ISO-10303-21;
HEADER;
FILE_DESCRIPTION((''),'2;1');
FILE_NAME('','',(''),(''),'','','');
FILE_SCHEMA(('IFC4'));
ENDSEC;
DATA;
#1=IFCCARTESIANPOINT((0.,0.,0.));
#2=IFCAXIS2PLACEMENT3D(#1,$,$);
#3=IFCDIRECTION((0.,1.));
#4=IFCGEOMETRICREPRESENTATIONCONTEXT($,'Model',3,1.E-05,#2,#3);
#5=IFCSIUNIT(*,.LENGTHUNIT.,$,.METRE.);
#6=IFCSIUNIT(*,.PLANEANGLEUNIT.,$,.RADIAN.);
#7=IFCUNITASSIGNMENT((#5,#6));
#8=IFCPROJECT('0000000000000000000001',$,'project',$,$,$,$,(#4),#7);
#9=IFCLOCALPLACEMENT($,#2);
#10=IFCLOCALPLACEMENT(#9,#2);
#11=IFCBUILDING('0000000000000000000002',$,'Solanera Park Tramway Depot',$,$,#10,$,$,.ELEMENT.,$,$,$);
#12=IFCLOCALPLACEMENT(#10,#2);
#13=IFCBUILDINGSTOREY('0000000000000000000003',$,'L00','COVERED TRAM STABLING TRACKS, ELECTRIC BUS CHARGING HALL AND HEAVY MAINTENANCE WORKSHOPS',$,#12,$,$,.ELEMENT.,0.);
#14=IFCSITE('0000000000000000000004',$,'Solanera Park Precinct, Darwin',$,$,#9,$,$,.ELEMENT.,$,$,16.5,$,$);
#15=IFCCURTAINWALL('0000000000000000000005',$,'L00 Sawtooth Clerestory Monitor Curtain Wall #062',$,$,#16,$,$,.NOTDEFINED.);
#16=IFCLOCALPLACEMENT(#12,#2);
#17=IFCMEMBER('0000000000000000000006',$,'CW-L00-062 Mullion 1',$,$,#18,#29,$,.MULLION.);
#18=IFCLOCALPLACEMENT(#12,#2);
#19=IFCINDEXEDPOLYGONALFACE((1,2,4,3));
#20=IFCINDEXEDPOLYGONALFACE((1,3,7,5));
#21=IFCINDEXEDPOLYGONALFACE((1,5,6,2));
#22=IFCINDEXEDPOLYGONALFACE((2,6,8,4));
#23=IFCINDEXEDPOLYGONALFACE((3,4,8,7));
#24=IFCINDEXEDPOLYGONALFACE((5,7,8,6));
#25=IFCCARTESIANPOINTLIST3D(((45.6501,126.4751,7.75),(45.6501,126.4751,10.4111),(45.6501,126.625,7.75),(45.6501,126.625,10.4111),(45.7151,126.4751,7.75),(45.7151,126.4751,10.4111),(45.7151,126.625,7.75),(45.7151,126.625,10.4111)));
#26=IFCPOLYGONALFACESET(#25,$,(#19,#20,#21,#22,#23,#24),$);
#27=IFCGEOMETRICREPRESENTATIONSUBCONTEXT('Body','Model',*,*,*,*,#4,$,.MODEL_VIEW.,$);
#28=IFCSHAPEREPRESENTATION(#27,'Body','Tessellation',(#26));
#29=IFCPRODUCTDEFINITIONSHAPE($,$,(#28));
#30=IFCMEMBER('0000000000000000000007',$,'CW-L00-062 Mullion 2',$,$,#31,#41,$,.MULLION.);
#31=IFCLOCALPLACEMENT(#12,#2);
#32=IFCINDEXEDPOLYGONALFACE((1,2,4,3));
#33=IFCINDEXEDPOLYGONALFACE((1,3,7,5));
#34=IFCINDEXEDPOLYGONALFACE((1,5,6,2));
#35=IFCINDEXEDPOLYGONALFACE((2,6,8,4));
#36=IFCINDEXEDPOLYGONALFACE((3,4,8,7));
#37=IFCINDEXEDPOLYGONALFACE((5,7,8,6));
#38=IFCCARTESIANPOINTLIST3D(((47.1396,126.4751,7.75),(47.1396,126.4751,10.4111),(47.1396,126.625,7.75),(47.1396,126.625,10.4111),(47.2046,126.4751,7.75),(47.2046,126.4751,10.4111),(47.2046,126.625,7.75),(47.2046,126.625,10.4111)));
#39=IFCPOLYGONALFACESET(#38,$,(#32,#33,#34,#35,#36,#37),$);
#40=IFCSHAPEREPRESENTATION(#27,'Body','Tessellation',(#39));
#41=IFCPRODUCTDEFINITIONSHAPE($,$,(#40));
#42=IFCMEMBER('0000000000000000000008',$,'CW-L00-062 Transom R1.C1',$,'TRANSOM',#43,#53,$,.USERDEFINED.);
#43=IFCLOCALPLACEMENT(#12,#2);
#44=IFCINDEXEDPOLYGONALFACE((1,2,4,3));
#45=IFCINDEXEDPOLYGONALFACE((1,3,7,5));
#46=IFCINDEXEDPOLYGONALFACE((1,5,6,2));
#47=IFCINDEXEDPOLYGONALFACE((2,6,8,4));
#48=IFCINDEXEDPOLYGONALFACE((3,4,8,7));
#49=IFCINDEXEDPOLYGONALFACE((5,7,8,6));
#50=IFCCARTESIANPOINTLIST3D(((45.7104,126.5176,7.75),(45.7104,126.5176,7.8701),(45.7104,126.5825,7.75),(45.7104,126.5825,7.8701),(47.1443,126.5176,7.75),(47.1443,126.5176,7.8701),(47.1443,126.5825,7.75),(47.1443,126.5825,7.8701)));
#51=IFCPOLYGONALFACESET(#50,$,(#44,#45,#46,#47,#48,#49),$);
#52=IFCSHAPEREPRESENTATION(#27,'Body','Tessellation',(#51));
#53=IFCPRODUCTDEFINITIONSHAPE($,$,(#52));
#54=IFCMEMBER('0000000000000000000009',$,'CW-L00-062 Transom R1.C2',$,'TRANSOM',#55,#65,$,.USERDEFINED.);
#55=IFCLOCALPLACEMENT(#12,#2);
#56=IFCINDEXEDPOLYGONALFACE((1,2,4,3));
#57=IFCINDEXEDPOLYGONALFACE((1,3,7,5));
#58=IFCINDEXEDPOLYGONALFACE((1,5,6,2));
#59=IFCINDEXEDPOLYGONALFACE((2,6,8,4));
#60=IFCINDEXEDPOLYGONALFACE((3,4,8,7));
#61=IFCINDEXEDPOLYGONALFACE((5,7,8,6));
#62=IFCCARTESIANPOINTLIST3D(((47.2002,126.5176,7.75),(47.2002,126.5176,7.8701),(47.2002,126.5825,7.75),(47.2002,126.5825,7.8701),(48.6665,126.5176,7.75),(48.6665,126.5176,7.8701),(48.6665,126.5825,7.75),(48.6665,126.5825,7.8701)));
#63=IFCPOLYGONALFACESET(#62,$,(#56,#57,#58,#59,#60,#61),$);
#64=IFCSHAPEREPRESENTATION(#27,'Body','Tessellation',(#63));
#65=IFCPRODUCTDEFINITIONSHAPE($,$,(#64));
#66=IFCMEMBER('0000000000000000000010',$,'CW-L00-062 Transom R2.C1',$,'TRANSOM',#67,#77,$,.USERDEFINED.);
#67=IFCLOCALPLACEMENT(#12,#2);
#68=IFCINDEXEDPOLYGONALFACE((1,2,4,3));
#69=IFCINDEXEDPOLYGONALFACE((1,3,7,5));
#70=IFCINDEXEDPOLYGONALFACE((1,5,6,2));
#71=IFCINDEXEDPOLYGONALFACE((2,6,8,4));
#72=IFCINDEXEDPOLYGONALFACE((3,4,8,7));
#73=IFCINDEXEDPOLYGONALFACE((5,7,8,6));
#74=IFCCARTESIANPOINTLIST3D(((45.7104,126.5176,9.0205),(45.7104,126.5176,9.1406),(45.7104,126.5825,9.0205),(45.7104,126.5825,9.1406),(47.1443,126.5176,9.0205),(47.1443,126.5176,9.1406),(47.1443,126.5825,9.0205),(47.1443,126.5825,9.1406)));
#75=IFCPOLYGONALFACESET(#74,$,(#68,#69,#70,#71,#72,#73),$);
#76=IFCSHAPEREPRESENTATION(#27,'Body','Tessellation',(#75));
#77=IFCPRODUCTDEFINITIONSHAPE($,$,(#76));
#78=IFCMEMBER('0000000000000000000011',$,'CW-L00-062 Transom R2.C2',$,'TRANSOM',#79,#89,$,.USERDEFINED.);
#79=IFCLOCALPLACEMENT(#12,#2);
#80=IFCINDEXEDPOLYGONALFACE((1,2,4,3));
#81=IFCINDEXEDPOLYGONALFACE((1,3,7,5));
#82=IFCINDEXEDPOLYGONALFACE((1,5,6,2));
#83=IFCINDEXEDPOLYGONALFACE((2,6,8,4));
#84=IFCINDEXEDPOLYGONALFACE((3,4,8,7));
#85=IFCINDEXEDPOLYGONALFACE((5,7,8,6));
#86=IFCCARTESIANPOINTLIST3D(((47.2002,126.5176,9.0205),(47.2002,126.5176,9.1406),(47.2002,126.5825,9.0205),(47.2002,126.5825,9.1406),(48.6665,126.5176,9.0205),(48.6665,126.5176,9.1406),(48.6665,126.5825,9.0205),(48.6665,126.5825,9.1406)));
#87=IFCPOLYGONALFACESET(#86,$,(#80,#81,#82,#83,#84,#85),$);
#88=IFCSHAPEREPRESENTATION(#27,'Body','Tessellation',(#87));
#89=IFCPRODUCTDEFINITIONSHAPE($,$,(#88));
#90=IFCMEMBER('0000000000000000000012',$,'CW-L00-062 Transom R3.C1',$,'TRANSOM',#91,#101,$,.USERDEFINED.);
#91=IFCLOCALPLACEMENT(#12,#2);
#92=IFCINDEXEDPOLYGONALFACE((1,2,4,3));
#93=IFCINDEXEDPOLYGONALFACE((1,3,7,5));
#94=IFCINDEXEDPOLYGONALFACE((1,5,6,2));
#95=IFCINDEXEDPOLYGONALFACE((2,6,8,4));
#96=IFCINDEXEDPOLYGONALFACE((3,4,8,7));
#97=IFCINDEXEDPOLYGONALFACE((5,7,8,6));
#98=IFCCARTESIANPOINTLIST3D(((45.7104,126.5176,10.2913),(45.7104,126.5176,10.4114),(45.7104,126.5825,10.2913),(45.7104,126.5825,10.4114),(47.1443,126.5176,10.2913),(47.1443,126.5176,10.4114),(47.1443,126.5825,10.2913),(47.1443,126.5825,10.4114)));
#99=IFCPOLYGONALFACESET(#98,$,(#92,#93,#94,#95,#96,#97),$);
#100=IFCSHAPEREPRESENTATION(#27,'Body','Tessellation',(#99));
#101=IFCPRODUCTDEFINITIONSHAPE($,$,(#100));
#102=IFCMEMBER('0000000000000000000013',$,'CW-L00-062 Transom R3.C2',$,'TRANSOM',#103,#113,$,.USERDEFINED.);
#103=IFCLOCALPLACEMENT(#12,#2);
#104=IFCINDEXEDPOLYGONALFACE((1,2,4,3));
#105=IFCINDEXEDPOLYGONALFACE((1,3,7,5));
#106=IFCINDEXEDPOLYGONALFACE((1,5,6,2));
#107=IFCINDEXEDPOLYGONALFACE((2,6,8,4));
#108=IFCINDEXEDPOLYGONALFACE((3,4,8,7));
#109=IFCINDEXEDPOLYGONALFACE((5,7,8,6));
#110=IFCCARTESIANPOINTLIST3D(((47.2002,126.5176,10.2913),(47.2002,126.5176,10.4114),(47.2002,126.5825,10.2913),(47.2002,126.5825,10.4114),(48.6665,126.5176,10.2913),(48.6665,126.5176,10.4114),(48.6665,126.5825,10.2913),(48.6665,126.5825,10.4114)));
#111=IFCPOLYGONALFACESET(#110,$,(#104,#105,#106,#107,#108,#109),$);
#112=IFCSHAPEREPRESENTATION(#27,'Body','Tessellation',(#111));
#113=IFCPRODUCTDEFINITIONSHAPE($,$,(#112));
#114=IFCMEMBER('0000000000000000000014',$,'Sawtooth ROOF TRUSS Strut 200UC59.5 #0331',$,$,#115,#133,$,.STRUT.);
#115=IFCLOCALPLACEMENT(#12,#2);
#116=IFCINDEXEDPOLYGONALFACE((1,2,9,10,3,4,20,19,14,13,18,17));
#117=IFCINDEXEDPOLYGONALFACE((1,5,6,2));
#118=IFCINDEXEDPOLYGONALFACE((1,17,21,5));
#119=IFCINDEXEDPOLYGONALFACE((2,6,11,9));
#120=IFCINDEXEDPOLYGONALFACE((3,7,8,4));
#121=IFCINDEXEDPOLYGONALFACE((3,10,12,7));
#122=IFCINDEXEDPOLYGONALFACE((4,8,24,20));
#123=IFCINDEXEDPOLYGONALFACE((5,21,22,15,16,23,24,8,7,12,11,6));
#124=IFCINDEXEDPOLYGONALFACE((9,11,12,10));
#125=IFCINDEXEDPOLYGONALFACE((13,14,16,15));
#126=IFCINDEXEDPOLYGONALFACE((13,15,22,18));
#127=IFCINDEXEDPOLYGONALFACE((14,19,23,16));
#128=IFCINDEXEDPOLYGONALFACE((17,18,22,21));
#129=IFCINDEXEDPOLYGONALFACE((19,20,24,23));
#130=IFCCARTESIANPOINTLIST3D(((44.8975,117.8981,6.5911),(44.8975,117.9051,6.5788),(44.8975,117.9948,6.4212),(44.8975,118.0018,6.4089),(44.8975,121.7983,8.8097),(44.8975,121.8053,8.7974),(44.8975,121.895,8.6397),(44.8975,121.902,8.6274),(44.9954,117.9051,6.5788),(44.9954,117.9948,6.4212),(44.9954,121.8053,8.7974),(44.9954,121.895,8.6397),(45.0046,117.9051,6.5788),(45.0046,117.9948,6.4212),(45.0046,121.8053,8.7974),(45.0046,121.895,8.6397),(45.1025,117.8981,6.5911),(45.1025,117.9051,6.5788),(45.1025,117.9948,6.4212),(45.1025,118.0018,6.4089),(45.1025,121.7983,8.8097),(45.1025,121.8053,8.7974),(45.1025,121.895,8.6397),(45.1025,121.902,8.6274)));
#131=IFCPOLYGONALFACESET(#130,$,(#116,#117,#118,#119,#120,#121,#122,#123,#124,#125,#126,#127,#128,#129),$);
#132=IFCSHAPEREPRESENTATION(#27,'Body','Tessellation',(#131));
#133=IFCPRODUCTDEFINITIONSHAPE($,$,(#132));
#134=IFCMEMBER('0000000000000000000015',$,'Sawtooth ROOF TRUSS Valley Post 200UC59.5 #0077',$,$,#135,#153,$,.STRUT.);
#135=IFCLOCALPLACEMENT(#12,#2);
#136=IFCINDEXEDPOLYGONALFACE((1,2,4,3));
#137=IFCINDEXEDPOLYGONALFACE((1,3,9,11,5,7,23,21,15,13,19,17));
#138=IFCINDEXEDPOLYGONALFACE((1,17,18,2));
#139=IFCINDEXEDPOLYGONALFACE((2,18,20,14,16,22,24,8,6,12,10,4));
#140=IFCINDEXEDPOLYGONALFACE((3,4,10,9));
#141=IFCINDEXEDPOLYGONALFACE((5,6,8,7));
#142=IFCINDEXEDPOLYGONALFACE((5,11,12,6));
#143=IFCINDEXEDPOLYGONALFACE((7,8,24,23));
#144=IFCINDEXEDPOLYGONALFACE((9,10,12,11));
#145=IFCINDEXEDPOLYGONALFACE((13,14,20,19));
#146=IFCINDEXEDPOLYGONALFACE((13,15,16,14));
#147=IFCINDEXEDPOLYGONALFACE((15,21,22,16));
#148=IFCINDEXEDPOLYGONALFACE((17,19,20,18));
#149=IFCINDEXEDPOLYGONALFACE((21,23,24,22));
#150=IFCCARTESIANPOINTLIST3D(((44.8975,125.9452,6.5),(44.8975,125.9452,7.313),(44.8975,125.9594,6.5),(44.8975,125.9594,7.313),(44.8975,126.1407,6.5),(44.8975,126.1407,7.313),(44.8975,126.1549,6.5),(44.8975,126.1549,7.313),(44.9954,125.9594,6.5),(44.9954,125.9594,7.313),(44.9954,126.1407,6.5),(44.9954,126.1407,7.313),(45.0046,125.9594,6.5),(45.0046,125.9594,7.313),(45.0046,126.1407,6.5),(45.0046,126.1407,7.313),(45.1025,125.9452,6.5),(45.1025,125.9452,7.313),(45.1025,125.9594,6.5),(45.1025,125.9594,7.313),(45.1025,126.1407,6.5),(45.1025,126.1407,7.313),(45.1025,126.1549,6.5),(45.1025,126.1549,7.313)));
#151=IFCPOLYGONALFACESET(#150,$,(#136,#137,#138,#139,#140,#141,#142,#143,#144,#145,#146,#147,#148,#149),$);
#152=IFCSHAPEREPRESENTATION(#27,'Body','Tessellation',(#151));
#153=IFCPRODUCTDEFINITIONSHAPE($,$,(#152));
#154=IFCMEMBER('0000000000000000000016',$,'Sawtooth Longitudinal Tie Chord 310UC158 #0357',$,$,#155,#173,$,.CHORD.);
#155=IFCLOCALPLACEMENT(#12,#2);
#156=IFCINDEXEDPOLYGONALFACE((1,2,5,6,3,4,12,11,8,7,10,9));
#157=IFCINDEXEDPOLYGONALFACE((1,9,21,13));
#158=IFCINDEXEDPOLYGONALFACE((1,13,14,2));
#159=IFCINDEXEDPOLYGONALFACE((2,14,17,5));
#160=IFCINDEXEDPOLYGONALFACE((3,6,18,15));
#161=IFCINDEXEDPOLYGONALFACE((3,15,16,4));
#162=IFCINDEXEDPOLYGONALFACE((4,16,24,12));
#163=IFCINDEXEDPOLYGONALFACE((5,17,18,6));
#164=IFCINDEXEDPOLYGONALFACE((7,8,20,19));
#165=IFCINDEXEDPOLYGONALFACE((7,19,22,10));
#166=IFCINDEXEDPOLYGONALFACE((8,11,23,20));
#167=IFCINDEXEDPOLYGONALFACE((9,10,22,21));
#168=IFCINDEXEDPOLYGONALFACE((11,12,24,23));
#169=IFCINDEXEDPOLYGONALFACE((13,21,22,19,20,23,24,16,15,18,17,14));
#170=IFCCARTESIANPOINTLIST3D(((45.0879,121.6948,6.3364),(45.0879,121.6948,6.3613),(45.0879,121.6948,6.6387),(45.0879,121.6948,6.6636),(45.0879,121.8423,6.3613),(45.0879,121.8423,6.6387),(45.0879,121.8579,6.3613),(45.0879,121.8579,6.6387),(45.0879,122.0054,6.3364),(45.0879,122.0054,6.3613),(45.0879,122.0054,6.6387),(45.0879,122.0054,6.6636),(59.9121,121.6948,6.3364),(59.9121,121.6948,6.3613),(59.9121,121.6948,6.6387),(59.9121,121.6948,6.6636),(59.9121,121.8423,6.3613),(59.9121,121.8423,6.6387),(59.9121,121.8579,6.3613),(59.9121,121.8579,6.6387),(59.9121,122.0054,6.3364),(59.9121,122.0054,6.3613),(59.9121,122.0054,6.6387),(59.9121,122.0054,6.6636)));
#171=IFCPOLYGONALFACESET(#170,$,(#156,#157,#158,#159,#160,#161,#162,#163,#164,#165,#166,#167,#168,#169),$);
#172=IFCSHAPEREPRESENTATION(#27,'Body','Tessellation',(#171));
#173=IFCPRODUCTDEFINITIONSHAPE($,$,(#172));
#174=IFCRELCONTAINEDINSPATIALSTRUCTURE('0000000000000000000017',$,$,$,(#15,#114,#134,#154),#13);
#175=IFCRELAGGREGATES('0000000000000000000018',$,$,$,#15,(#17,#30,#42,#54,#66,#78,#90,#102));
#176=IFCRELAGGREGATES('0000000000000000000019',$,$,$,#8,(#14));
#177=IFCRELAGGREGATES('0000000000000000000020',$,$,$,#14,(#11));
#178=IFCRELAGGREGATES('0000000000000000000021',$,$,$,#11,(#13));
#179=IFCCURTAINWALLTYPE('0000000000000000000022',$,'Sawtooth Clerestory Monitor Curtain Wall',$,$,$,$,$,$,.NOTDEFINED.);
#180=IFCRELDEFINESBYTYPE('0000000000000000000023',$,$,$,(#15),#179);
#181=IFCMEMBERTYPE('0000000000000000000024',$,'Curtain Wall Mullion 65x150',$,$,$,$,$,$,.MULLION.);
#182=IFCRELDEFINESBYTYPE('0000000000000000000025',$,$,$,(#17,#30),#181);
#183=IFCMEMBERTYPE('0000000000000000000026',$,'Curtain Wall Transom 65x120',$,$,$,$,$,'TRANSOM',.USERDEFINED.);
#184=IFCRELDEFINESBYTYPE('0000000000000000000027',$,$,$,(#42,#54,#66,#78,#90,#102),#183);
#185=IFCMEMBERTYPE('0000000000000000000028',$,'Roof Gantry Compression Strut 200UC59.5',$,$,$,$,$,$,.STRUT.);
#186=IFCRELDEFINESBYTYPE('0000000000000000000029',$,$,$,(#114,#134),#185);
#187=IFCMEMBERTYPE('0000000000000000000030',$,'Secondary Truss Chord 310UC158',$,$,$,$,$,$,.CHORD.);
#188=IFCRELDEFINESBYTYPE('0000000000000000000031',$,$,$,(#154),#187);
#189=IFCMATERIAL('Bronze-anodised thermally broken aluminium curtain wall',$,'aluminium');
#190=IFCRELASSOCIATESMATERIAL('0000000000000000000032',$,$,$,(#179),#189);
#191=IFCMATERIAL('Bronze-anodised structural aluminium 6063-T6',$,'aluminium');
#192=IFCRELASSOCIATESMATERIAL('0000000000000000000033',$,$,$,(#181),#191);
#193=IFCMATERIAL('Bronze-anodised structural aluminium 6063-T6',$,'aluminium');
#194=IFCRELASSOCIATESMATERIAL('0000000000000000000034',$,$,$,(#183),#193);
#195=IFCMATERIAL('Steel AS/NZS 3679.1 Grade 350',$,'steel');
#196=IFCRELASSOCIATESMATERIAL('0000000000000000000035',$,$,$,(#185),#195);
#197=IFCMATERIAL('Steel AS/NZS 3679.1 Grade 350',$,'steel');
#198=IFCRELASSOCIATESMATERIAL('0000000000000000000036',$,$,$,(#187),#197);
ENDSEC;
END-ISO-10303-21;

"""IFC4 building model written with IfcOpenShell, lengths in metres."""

from ifc_helpers import new_model, si_unit, direction, frame, origin, origin_2d, place, context, subcontext, project, spatial, rectangle, i_section, extrude, material, material_profile, profile_set, type_object, element, aggregate, save


model = new_model("IFC4")

# Units and contexts
model_context = context("Model", 3, precision=1e-05, world=origin(), true_north=direction((0.0, 1.0)))
body_context = subcontext(model_context, "Body", "Model", "MODEL_VIEW")
ifc_project = project(units=[si_unit("LENGTHUNIT", "METRE"), si_unit("PLANEANGLEUNIT", "RADIAN")], contexts=[model_context])

# Site, building, storey
site_placement = place(None, origin())
site = spatial("IfcSite", under=ifc_project, at=site_placement, Name="Solanera Park Precinct, Darwin", CompositionType="ELEMENT", RefElevation=16.5)
building_placement = place(site_placement, origin())
building = spatial("IfcBuilding", under=site, at=building_placement, Name="Solanera Park Tramway Depot", CompositionType="ELEMENT")
storey_placement = place(building_placement, origin())
storey = spatial("IfcBuildingStorey", under=building, at=storey_placement, Name="L00", Description="COVERED TRAM STABLING TRACKS, ELECTRIC BUS CHARGING HALL AND HEAVY MAINTENANCE WORKSHOPS", CompositionType="ELEMENT", Elevation=0.0)

# Curtain wall, members
ifc_material_1 = material(Name="Bronze-anodised thermally broken aluminium curtain wall", Category="aluminium")
curtain_wall_type = type_object("IfcCurtainWallType", Name="Sawtooth Clerestory Monitor Curtain Wall", PredefinedType="NOTDEFINED", material=ifc_material_1)
curtain_wall_placement = place(storey_placement, origin())
curtain_wall = element("IfcCurtainWall", 1, at=curtain_wall_placement, inside=storey, type_object=curtain_wall_type, Name="L00 Sawtooth Clerestory Monitor Curtain Wall #062", PredefinedType="NOTDEFINED")
ifc_material_2 = material(Name="Bronze-anodised structural aluminium 6063-T6", Category="aluminium")
ifc_material_profile_1 = material_profile(ifc_material_2, rectangle(XDim=0.0649, YDim=0.1499, at=origin_2d()), Name="Curtain Wall Mullion 65x150")
ifc_profile_set_1 = profile_set([ifc_material_profile_1], Name="Bronze-anodised structural aluminium 6063-T6")
member_type_1 = type_object("IfcMemberType", Name="Curtain Wall Mullion 65x150", PredefinedType="MULLION", material=ifc_profile_set_1)
member_1_placement = place(storey_placement, frame((45.6826, 126.55, 7.75), z_axis=(0.0, 0.0, 1.0), x_axis=(1.0, 0.0, 0.0)))
member_1 = element("IfcMember", 2, at=member_1_placement, type_object=member_type_1, Name="CW-L00-062 Mullion 1", PredefinedType="MULLION", context=body_context, shape_type="SweptSolid", body=[
    extrude(rectangle(XDim=0.0649, YDim=0.1499, at=origin_2d()), origin(), (0.0, 0.0, 1.0), 2.6611),
])
member_2_placement = place(storey_placement, frame((47.1721, 126.55, 7.75), z_axis=(0.0, 0.0, 1.0), x_axis=(1.0, 0.0, 0.0)))
member_2 = element("IfcMember", 3, at=member_2_placement, type_object=member_type_1, Name="CW-L00-062 Mullion 2", PredefinedType="MULLION", context=body_context, shape_type="SweptSolid", body=[
    extrude(rectangle(XDim=0.0649, YDim=0.1499, at=origin_2d()), origin(), (0.0, 0.0, 1.0), 2.6611),
])
ifc_material_3 = material(Name="Bronze-anodised structural aluminium 6063-T6", Category="aluminium")
ifc_material_profile_2 = material_profile(ifc_material_3, rectangle(XDim=0.0649, YDim=0.1201, at=origin_2d()), Name="Curtain Wall Transom 65x120")
ifc_profile_set_2 = profile_set([ifc_material_profile_2], Name="Bronze-anodised structural aluminium 6063-T6")
member_type_2 = type_object("IfcMemberType", Name="Curtain Wall Transom 65x120", ElementType="TRANSOM", PredefinedType="USERDEFINED", material=ifc_profile_set_2)
member_3_placement = place(storey_placement, frame((45.7104, 126.55, 7.8101), z_axis=(1.0, 0.0, 0.0), x_axis=(0.0, 1.0, 0.0)))
member_3 = element("IfcMember", 4, at=member_3_placement, type_object=member_type_2, Name="CW-L00-062 Transom R1.C1", ObjectType="TRANSOM", PredefinedType="USERDEFINED", context=body_context, shape_type="SweptSolid", body=[
    extrude(rectangle(XDim=0.0649, YDim=0.1201, at=origin_2d()), origin(), (0.0, 0.0, 1.0), 1.4338),
])
member_4_placement = place(storey_placement, frame((47.2002, 126.55, 7.8101), z_axis=(1.0, 0.0, 0.0), x_axis=(0.0, 1.0, 0.0)))
member_4 = element("IfcMember", 5, at=member_4_placement, type_object=member_type_2, Name="CW-L00-062 Transom R1.C2", ObjectType="TRANSOM", PredefinedType="USERDEFINED", context=body_context, shape_type="SweptSolid", body=[
    extrude(rectangle(XDim=0.0649, YDim=0.1201, at=origin_2d()), origin(), (0.0, 0.0, 1.0), 1.4663),
])
member_5_placement = place(storey_placement, frame((45.7104, 126.55, 9.0806), z_axis=(1.0, 0.0, 0.0), x_axis=(0.0, 1.0, 0.0)))
member_5 = element("IfcMember", 6, at=member_5_placement, type_object=member_type_2, Name="CW-L00-062 Transom R2.C1", ObjectType="TRANSOM", PredefinedType="USERDEFINED", context=body_context, shape_type="SweptSolid", body=[
    extrude(rectangle(XDim=0.0649, YDim=0.1201, at=origin_2d()), origin(), (0.0, 0.0, 1.0), 1.4338),
])
member_6_placement = place(storey_placement, frame((47.2002, 126.55, 9.0806), z_axis=(1.0, 0.0, 0.0), x_axis=(0.0, 1.0, 0.0)))
member_6 = element("IfcMember", 7, at=member_6_placement, type_object=member_type_2, Name="CW-L00-062 Transom R2.C2", ObjectType="TRANSOM", PredefinedType="USERDEFINED", context=body_context, shape_type="SweptSolid", body=[
    extrude(rectangle(XDim=0.0649, YDim=0.1201, at=origin_2d()), origin(), (0.0, 0.0, 1.0), 1.4663),
])
member_7_placement = place(storey_placement, frame((45.7104, 126.55, 10.3513), z_axis=(1.0, 0.0, 0.0), x_axis=(0.0, 1.0, 0.0)))
member_7 = element("IfcMember", 8, at=member_7_placement, type_object=member_type_2, Name="CW-L00-062 Transom R3.C1", ObjectType="TRANSOM", PredefinedType="USERDEFINED", context=body_context, shape_type="SweptSolid", body=[
    extrude(rectangle(XDim=0.0649, YDim=0.1201, at=origin_2d()), origin(), (0.0, 0.0, 1.0), 1.4338),
])
member_8_placement = place(storey_placement, frame((47.2002, 126.55, 10.3513), z_axis=(1.0, 0.0, 0.0), x_axis=(0.0, 1.0, 0.0)))
member_8 = element("IfcMember", 9, at=member_8_placement, type_object=member_type_2, Name="CW-L00-062 Transom R3.C2", ObjectType="TRANSOM", PredefinedType="USERDEFINED", context=body_context, shape_type="SweptSolid", body=[
    extrude(rectangle(XDim=0.0649, YDim=0.1201, at=origin_2d()), origin(), (0.0, 0.0, 1.0), 1.4663),
])

# Members
ifc_material_4 = material(Name="Steel AS/NZS 3679.1 Grade 350", Category="steel")
ifc_material_profile_3 = material_profile(ifc_material_4, i_section(OverallWidth=0.2051, OverallDepth=0.2097, WebThickness=0.0093, FlangeThickness=0.0142, at=origin_2d()), Name="200UC59.5")
ifc_profile_set_3 = profile_set([ifc_material_profile_3], Name="Steel AS/NZS 3679.1 Grade 350")
member_type_3 = type_object("IfcMemberType", Name="Roof Gantry Compression Strut 200UC59.5", PredefinedType="STRUT", material=ifc_profile_set_3)
member_9_placement = place(storey_placement, frame((45.0, 117.95, 6.5), z_axis=(0.0, 0.869216, 0.494433), x_axis=(-1.0, 0.0, 0.0)))
element("IfcMember", 10, at=member_9_placement, inside=storey, type_object=member_type_3, Name="Sawtooth ROOF TRUSS Strut 200UC59.5 #0331", PredefinedType="STRUT", context=body_context, shape_type="SweptSolid", body=[
    extrude(i_section(OverallWidth=0.2051, OverallDepth=0.2097, WebThickness=0.0093, FlangeThickness=0.0142, at=origin_2d()), origin(), (0.0, 0.0, 1.0), 4.4871),
])
member_10_placement = place(storey_placement, frame((45.0, 126.05, 6.5), z_axis=(0.0, 0.0, 1.0), x_axis=(1.0, 0.0, 0.0)))
element("IfcMember", 11, at=member_10_placement, inside=storey, type_object=member_type_3, Name="Sawtooth ROOF TRUSS Valley Post 200UC59.5 #0077", PredefinedType="STRUT", context=body_context, shape_type="SweptSolid", body=[
    extrude(i_section(OverallWidth=0.2051, OverallDepth=0.2097, WebThickness=0.0093, FlangeThickness=0.0142, at=origin_2d()), origin(), (0.0, 0.0, 1.0), 0.813),
])
ifc_material_5 = material(Name="Steel AS/NZS 3679.1 Grade 350", Category="steel")
ifc_material_profile_4 = material_profile(ifc_material_5, i_section(OverallWidth=0.3105, OverallDepth=0.3271, WebThickness=0.0156, FlangeThickness=0.0249, at=origin_2d()), Name="310UC158")
ifc_profile_set_4 = profile_set([ifc_material_profile_4], Name="Steel AS/NZS 3679.1 Grade 350")
member_type_4 = type_object("IfcMemberType", Name="Secondary Truss Chord 310UC158", PredefinedType="CHORD", material=ifc_profile_set_4)
member_11_placement = place(storey_placement, frame((45.0879, 121.8501, 6.5), z_axis=(1.0, 0.0, 0.0), x_axis=(0.0, 1.0, 0.0)))
element("IfcMember", 12, at=member_11_placement, inside=storey, type_object=member_type_4, Name="Sawtooth Longitudinal Tie Chord 310UC158 #0357", PredefinedType="CHORD", context=body_context, shape_type="SweptSolid", body=[
    extrude(i_section(OverallWidth=0.3105, OverallDepth=0.3271, WebThickness=0.0156, FlangeThickness=0.0249, at=origin_2d()), origin(), (0.0, 0.0, 1.0), 14.8242),
])

aggregate(curtain_wall, [member_1, member_2, member_3, member_4, member_5, member_6, member_7, member_8])

save(model, "model.ifc")
